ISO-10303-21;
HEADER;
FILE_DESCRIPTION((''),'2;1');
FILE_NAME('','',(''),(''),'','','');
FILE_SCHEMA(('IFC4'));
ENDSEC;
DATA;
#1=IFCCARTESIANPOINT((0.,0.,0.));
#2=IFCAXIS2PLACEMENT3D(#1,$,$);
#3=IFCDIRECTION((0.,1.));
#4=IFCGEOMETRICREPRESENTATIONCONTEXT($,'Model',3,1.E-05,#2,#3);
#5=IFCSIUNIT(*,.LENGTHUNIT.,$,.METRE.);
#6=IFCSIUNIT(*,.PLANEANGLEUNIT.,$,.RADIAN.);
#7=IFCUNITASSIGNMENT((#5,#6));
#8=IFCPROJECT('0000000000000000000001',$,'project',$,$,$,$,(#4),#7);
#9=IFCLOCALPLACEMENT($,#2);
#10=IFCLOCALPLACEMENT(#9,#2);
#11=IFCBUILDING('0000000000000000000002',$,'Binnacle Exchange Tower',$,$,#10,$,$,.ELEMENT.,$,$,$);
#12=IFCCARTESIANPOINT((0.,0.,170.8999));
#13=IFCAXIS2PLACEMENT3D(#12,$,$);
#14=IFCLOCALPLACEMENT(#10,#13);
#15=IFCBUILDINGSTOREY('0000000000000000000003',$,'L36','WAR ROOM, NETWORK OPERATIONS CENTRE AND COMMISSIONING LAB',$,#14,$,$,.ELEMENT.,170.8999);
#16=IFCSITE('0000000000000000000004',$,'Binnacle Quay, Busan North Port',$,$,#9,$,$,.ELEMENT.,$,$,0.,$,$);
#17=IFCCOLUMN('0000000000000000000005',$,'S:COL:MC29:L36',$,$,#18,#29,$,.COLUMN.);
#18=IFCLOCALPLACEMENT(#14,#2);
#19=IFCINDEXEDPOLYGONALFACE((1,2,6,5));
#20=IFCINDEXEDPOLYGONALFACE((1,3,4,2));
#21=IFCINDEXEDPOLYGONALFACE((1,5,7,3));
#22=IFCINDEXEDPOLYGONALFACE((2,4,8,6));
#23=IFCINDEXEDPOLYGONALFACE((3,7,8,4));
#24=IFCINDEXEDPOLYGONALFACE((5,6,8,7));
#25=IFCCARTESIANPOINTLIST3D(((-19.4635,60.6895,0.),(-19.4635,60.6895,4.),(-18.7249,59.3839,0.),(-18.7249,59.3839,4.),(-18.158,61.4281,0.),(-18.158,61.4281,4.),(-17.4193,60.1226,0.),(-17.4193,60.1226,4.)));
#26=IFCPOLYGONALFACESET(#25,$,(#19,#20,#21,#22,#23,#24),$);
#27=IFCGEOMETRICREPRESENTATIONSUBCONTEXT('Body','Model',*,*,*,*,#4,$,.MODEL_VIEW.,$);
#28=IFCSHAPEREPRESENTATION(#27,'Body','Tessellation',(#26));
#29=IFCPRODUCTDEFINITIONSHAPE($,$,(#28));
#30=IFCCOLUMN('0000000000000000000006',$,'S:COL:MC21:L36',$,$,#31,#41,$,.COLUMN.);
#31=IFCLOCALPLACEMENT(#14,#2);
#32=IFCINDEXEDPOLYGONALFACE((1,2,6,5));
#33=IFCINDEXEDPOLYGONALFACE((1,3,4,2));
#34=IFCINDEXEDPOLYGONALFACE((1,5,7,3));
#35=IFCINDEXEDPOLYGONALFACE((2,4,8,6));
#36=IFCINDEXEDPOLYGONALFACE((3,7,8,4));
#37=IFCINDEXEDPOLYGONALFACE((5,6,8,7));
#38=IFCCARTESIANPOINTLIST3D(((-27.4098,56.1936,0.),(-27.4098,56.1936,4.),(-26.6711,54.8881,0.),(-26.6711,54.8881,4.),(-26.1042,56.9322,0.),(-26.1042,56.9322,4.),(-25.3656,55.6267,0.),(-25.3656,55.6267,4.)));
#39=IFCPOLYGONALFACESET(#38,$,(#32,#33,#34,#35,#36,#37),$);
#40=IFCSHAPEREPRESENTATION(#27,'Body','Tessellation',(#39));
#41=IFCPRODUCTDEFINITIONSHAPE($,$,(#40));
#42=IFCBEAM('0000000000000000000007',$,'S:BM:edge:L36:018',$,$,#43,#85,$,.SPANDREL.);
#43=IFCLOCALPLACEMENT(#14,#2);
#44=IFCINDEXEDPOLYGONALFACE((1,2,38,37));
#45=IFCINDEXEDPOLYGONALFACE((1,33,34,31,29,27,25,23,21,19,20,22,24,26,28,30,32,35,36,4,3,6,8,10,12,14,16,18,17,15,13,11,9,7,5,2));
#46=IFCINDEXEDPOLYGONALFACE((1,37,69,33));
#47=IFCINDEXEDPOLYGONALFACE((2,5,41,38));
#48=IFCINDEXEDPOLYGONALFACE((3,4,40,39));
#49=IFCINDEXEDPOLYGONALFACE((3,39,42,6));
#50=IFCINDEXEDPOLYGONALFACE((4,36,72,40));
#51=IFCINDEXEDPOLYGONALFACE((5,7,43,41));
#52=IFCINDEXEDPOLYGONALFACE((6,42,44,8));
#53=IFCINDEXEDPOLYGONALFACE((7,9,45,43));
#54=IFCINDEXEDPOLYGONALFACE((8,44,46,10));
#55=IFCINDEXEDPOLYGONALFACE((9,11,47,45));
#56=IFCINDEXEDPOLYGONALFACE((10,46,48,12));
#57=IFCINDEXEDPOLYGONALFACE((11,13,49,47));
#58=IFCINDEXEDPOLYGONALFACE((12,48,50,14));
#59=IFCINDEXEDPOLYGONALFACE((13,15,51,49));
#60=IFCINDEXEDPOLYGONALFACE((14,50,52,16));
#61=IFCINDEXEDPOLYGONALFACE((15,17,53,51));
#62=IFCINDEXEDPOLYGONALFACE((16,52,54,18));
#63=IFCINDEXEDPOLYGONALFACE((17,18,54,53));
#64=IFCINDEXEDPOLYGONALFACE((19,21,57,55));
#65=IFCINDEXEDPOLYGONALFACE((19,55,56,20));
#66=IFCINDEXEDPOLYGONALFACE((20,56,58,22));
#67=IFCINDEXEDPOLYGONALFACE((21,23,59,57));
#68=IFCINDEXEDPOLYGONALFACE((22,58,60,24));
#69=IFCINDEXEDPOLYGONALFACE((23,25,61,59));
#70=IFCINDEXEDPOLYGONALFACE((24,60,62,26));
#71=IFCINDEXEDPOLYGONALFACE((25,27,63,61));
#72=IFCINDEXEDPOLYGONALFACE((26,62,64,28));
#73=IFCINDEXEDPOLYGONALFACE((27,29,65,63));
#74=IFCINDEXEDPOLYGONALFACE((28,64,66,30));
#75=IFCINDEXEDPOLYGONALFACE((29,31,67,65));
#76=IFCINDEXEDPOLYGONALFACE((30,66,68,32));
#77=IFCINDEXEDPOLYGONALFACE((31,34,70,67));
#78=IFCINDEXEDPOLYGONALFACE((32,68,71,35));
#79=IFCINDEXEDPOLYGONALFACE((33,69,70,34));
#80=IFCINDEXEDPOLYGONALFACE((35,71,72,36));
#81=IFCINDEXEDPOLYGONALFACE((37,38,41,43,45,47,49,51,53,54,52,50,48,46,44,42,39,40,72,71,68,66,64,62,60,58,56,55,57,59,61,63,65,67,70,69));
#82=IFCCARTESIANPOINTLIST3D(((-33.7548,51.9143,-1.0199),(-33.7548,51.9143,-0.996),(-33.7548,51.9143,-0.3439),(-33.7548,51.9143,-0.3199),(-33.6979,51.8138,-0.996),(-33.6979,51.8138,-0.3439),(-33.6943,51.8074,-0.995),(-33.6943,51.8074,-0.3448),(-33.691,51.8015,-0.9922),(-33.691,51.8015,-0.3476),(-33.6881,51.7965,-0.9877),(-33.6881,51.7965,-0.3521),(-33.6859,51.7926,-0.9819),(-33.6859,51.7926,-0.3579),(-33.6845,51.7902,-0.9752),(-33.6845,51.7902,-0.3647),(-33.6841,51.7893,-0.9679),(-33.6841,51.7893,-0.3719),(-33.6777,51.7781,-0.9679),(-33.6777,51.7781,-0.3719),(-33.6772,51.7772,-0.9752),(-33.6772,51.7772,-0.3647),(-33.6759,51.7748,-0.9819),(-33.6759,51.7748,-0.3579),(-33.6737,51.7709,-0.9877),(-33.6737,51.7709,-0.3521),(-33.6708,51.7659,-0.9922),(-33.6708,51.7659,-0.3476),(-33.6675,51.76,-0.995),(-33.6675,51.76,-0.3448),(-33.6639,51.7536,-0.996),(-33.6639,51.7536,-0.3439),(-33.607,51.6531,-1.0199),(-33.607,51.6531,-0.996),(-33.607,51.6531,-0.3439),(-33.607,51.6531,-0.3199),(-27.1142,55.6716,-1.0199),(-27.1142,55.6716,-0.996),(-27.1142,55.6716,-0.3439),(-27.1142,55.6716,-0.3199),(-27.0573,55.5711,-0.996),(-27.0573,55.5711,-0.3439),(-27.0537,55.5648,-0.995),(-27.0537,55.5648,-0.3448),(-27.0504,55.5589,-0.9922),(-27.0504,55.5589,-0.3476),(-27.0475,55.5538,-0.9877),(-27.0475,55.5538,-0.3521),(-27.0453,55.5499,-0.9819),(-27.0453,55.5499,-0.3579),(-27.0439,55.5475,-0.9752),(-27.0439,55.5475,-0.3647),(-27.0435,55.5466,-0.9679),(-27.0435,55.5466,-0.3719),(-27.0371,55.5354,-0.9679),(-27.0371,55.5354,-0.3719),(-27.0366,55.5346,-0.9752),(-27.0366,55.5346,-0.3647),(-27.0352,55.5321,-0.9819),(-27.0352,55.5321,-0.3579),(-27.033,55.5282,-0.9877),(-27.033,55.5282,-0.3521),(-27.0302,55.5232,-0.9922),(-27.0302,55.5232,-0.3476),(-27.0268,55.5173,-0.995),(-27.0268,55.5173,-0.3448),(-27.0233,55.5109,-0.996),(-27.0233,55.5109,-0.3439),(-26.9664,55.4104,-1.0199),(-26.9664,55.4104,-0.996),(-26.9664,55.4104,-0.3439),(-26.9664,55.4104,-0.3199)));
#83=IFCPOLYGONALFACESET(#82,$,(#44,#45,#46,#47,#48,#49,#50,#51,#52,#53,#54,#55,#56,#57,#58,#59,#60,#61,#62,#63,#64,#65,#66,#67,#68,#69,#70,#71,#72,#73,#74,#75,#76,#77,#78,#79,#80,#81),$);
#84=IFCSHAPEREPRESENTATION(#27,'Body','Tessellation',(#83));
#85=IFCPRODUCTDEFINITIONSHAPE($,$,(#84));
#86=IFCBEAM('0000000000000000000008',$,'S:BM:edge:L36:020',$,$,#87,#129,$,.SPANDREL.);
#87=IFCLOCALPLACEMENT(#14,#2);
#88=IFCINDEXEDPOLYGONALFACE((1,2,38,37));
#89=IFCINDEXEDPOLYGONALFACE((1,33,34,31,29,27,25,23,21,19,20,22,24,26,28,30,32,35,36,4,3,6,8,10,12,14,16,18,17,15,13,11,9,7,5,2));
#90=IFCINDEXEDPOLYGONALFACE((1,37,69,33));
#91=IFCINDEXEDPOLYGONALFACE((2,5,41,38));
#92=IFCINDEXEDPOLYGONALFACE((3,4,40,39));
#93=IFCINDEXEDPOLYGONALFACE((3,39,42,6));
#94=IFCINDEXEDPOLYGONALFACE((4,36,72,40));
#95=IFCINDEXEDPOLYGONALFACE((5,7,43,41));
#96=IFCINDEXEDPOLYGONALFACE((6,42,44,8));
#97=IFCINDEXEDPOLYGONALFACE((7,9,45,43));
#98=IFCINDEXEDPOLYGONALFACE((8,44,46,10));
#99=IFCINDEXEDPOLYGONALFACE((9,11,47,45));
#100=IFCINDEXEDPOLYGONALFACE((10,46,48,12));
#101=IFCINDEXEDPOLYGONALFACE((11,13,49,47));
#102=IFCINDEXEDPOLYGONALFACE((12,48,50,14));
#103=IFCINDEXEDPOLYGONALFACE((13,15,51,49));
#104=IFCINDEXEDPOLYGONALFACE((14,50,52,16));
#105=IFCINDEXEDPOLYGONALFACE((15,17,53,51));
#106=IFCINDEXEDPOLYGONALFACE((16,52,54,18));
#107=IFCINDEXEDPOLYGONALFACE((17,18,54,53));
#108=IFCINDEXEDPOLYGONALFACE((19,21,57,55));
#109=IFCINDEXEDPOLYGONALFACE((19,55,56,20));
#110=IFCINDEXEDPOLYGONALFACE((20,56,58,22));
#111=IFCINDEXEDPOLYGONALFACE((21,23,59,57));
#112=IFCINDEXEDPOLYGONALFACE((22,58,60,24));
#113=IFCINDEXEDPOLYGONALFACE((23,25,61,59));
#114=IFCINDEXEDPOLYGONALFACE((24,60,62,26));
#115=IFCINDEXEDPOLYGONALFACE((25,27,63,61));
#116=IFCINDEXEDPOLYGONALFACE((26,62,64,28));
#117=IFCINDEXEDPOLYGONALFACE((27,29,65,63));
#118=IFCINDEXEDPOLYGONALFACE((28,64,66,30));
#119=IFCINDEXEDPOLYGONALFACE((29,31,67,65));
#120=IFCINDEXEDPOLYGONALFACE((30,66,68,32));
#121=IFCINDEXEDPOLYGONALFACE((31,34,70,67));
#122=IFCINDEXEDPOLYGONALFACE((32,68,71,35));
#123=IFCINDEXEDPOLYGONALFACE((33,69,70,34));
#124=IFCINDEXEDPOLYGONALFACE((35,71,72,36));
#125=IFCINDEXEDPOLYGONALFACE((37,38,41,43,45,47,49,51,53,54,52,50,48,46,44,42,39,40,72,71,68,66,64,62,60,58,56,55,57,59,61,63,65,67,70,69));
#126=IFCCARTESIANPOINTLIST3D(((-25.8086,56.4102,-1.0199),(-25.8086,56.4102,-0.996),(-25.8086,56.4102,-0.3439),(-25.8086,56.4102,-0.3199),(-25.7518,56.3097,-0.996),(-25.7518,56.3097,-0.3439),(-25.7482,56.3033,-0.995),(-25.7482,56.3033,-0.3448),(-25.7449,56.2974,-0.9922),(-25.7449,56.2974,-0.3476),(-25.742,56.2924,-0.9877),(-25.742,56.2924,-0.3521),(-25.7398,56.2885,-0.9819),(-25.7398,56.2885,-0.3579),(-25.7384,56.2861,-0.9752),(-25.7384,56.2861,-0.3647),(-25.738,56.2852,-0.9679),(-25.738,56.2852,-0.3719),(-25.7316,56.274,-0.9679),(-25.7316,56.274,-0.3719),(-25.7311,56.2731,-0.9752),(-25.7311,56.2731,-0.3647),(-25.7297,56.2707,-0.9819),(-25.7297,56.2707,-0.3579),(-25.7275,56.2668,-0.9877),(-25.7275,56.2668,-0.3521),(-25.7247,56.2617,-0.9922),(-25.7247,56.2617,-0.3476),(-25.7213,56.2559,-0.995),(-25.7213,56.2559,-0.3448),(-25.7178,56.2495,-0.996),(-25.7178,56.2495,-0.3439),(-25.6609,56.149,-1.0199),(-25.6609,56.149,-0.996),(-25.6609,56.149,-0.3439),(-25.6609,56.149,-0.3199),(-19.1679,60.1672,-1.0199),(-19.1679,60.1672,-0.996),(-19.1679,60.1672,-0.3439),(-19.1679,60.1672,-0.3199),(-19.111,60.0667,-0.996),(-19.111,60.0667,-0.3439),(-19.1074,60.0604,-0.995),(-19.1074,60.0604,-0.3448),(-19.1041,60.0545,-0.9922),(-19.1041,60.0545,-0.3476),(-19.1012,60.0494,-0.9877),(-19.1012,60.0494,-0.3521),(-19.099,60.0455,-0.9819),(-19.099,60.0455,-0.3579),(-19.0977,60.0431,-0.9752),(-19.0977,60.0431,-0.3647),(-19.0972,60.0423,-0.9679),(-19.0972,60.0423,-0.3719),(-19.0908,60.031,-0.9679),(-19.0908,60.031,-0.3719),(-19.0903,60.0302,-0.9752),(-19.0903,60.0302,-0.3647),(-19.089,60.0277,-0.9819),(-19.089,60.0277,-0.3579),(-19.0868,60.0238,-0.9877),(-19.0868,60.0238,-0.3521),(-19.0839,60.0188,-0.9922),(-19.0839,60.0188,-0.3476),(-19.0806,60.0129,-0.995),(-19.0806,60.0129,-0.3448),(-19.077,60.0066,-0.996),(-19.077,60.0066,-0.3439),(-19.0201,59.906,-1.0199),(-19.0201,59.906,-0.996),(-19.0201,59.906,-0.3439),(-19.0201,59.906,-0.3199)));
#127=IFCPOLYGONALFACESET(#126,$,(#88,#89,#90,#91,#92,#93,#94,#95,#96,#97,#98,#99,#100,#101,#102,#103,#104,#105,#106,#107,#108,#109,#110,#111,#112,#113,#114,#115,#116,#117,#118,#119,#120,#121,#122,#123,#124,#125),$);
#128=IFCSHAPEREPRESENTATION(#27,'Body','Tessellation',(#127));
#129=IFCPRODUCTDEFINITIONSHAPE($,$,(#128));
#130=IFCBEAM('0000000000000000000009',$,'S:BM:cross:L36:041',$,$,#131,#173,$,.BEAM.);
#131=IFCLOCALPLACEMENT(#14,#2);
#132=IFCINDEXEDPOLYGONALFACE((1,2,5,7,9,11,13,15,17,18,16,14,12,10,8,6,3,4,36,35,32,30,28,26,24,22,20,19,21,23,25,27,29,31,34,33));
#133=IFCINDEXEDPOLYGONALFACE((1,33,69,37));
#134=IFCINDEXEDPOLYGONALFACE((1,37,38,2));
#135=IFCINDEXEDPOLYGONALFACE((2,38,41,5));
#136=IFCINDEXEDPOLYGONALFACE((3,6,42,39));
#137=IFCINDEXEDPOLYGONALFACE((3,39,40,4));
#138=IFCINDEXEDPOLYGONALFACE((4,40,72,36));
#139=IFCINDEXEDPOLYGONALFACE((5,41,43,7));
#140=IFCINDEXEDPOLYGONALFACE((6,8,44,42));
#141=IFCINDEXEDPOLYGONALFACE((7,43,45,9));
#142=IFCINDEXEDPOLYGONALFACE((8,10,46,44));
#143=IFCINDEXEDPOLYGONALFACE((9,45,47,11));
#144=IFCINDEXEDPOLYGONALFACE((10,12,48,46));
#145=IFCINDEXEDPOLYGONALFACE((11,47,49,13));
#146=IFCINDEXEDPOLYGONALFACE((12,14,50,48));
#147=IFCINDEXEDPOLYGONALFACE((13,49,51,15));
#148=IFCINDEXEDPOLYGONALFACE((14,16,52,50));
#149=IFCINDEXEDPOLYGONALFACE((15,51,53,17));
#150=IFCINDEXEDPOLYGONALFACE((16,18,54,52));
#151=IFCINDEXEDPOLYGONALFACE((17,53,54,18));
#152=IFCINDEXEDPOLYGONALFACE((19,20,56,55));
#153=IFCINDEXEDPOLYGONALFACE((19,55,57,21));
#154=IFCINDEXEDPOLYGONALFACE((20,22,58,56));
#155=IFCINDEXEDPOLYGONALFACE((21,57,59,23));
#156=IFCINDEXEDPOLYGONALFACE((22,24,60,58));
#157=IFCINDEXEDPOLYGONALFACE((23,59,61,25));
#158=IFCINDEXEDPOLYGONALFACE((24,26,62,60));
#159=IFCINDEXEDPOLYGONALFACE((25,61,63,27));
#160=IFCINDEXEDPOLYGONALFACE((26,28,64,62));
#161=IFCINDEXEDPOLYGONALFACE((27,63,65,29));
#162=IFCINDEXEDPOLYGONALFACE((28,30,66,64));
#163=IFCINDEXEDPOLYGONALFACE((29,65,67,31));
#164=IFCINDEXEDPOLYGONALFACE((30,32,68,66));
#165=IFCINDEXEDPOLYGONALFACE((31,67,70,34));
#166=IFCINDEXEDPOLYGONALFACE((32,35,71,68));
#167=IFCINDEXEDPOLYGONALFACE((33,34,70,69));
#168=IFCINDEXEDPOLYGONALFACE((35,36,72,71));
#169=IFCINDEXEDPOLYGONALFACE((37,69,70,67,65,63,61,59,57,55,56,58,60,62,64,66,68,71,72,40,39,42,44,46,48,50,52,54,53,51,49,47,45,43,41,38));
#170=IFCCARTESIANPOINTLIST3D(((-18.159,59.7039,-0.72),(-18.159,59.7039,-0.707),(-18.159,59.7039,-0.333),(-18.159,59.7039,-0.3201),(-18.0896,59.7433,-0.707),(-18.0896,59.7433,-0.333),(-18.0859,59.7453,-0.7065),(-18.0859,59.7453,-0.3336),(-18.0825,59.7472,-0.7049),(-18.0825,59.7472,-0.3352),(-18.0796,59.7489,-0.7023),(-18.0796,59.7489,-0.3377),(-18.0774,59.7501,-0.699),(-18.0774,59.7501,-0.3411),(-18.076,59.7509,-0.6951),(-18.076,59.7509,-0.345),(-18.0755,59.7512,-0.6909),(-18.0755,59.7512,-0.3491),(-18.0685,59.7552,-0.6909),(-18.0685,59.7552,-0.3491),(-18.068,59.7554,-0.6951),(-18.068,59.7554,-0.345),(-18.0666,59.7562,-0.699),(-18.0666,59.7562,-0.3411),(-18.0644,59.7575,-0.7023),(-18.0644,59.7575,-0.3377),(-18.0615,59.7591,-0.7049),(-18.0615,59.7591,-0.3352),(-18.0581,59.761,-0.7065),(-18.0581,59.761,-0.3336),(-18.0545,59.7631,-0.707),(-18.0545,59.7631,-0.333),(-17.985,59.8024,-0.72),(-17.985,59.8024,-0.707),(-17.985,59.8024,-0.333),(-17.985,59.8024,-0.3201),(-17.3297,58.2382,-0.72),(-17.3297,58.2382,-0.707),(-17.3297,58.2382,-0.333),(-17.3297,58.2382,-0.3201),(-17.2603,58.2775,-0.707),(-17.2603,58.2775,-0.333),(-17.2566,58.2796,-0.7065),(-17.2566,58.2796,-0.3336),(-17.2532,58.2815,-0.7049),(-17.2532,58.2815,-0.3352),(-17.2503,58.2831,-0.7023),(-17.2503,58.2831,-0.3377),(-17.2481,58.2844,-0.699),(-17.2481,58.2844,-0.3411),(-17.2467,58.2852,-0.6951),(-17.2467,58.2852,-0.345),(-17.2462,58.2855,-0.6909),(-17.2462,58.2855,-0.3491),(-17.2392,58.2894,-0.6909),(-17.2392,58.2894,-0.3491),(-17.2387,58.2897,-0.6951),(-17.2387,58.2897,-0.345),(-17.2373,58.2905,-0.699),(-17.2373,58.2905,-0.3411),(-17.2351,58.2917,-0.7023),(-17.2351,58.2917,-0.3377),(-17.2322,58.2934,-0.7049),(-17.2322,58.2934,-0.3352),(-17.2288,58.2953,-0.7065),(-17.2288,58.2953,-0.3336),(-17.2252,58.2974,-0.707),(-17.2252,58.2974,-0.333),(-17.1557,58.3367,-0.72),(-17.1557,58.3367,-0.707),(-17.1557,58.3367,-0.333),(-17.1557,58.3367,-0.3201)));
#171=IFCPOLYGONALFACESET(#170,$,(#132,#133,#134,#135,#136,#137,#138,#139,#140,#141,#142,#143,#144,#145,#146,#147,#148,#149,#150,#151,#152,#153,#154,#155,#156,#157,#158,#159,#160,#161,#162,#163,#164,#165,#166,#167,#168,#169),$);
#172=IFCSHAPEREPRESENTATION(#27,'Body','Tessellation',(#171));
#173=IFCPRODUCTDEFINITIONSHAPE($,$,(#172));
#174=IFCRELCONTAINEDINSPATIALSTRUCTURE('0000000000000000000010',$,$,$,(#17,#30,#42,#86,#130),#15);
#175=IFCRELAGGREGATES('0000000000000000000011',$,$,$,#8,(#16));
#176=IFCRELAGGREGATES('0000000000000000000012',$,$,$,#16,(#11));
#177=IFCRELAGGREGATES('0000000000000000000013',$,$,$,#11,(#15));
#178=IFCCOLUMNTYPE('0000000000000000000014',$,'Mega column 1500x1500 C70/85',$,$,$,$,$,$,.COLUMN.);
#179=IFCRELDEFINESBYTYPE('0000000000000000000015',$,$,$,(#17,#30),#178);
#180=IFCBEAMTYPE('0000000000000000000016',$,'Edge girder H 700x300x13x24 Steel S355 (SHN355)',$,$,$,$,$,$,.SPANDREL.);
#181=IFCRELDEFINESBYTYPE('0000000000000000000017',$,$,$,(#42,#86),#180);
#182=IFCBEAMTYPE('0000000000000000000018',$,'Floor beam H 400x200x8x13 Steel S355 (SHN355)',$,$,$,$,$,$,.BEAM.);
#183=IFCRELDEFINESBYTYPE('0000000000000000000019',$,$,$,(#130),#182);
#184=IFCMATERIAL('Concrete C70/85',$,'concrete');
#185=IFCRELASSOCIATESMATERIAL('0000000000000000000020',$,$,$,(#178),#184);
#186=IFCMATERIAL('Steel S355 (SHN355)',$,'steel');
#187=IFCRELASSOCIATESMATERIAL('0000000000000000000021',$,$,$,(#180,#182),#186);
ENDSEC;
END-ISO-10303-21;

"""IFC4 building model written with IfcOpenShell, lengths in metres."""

from ifc_helpers import new_model, si_unit, direction, frame, origin, origin_2d, place, context, subcontext, project, spatial, rectangle, i_section, extrude, material, material_profile, profile_set, type_object, element, save


model = new_model("IFC4")

# Units and contexts
model_context = context("Model", 3, precision=1e-05, world=origin(), true_north=direction((0.0, 1.0)))
body_context = subcontext(model_context, "Body", "Model", "MODEL_VIEW")
ifc_project = project(units=[si_unit("LENGTHUNIT", "METRE"), si_unit("PLANEANGLEUNIT", "RADIAN")], contexts=[model_context])

# Site, building, storey
site_placement = place(None, origin())
site = spatial("IfcSite", under=ifc_project, at=site_placement, Name="Binnacle Quay, Busan North Port", CompositionType="ELEMENT", RefElevation=0.0)
building_placement = place(site_placement, origin())
building = spatial("IfcBuilding", under=site, at=building_placement, Name="Binnacle Exchange Tower", CompositionType="ELEMENT")
storey_placement = place(building_placement, frame((0.0, 0.0, 170.8999)))
storey = spatial("IfcBuildingStorey", under=building, at=storey_placement, Name="L36", Description="WAR ROOM, NETWORK OPERATIONS CENTRE AND COMMISSIONING LAB", CompositionType="ELEMENT", Elevation=170.8999)

# Columns
ifc_material_1 = material(Name="Concrete C70/85", Category="concrete")
ifc_material_profile_1 = material_profile(ifc_material_1, rectangle(XDim=1.5, YDim=1.5, at=origin_2d()), Name="Mega column 1500x1500 C70/85")
ifc_profile_set_1 = profile_set([ifc_material_profile_1], Name="Concrete C70/85")
column_type = type_object("IfcColumnType", Name="Mega column 1500x1500 C70/85", PredefinedType="COLUMN", material=ifc_profile_set_1)
for number, where, z_axis, x_axis, name in (
    (1, (-18.4414, 60.406, 0.0), (0.0, 0.0, 1.0), (-0.870356, -0.492424, 0.0), "S:COL:MC29:L36"),
    (2, (-26.3877, 55.9102, 0.0), (0.0, 0.0, 1.0), (-0.870356, -0.492424, 0.0), "S:COL:MC21:L36"),
):
    element("IfcColumn", number, at=place(storey_placement, frame(where, z_axis=z_axis, x_axis=x_axis)), inside=storey, type_object=column_type, Name=name, PredefinedType="COLUMN", context=body_context, shape_type="SweptSolid", body=[
        extrude(rectangle(XDim=1.5, YDim=1.5, at=origin_2d()), origin(), (0.0, 0.0, 1.0), 4.0),
    ])

# Beams
ifc_material_2 = material(Name="Steel S355 (SHN355)", Category="steel")
ifc_material_profile_2 = material_profile(ifc_material_2, i_section(OverallWidth=0.3, OverallDepth=0.7, WebThickness=0.0129, FlangeThickness=0.0239, FilletRadius=0.0281, at=origin_2d()), Name="H 700x300x13x24")
ifc_profile_set_2 = profile_set([ifc_material_profile_2], Name="Steel S355 (SHN355)")
beam_type_1 = type_object("IfcBeamType", Name="Edge girder H 700x300x13x24 Steel S355 (SHN355)", PredefinedType="SPANDREL", material=ifc_profile_set_2)
for number, where, z_axis, x_axis, name in (
    (3, (-27.0403, 55.541, -0.6699), (-0.870342, -0.492447, 0.0), (0.492447, -0.870342, 0.0), "S:BM:edge:L36:018"),
    (4, (-19.094, 60.0366, -0.6699), (-0.870364, -0.492409, 0.0), (0.492409, -0.870364, 0.0), "S:BM:edge:L36:020"),
):
    element("IfcBeam", number, at=place(storey_placement, frame(where, z_axis=z_axis, x_axis=x_axis)), inside=storey, type_object=beam_type_1, Name=name, PredefinedType="SPANDREL", context=body_context, shape_type="SweptSolid", body=[
        extrude(i_section(OverallWidth=0.3, OverallDepth=0.7, WebThickness=0.0129, FlangeThickness=0.0239, FilletRadius=0.0281, at=origin_2d()), origin(), (0.0, 0.0, 1.0), 7.6299),
    ])
ifc_material_profile_3 = material_profile(ifc_material_2, i_section(OverallWidth=0.2, OverallDepth=0.3999, WebThickness=0.0081, FlangeThickness=0.0129, FilletRadius=0.0161, at=origin_2d()), Name="H 400x200x8x13")
ifc_profile_set_3 = profile_set([ifc_material_profile_3], Name="Steel S355 (SHN355)")
beam_type_2 = type_object("IfcBeamType", Name="Floor beam H 400x200x8x13 Steel S355 (SHN355)", PredefinedType="BEAM", material=ifc_profile_set_3)
beam_1_placement = place(storey_placement, frame((-18.072, 59.7532, -0.52), z_axis=(0.492435, -0.870349, 0.0), x_axis=(0.870349, 0.492435, 0.0)))
element("IfcBeam", 5, at=beam_1_placement, inside=storey, type_object=beam_type_2, Name="S:BM:cross:L36:041", PredefinedType="BEAM", context=body_context, shape_type="SweptSolid", body=[
    extrude(i_section(OverallWidth=0.2, OverallDepth=0.3999, WebThickness=0.0081, FlangeThickness=0.0129, FilletRadius=0.0161, at=origin_2d()), origin(), (0.0, 0.0, 1.0), 1.6841),
])

save(model, "model.ifc")
